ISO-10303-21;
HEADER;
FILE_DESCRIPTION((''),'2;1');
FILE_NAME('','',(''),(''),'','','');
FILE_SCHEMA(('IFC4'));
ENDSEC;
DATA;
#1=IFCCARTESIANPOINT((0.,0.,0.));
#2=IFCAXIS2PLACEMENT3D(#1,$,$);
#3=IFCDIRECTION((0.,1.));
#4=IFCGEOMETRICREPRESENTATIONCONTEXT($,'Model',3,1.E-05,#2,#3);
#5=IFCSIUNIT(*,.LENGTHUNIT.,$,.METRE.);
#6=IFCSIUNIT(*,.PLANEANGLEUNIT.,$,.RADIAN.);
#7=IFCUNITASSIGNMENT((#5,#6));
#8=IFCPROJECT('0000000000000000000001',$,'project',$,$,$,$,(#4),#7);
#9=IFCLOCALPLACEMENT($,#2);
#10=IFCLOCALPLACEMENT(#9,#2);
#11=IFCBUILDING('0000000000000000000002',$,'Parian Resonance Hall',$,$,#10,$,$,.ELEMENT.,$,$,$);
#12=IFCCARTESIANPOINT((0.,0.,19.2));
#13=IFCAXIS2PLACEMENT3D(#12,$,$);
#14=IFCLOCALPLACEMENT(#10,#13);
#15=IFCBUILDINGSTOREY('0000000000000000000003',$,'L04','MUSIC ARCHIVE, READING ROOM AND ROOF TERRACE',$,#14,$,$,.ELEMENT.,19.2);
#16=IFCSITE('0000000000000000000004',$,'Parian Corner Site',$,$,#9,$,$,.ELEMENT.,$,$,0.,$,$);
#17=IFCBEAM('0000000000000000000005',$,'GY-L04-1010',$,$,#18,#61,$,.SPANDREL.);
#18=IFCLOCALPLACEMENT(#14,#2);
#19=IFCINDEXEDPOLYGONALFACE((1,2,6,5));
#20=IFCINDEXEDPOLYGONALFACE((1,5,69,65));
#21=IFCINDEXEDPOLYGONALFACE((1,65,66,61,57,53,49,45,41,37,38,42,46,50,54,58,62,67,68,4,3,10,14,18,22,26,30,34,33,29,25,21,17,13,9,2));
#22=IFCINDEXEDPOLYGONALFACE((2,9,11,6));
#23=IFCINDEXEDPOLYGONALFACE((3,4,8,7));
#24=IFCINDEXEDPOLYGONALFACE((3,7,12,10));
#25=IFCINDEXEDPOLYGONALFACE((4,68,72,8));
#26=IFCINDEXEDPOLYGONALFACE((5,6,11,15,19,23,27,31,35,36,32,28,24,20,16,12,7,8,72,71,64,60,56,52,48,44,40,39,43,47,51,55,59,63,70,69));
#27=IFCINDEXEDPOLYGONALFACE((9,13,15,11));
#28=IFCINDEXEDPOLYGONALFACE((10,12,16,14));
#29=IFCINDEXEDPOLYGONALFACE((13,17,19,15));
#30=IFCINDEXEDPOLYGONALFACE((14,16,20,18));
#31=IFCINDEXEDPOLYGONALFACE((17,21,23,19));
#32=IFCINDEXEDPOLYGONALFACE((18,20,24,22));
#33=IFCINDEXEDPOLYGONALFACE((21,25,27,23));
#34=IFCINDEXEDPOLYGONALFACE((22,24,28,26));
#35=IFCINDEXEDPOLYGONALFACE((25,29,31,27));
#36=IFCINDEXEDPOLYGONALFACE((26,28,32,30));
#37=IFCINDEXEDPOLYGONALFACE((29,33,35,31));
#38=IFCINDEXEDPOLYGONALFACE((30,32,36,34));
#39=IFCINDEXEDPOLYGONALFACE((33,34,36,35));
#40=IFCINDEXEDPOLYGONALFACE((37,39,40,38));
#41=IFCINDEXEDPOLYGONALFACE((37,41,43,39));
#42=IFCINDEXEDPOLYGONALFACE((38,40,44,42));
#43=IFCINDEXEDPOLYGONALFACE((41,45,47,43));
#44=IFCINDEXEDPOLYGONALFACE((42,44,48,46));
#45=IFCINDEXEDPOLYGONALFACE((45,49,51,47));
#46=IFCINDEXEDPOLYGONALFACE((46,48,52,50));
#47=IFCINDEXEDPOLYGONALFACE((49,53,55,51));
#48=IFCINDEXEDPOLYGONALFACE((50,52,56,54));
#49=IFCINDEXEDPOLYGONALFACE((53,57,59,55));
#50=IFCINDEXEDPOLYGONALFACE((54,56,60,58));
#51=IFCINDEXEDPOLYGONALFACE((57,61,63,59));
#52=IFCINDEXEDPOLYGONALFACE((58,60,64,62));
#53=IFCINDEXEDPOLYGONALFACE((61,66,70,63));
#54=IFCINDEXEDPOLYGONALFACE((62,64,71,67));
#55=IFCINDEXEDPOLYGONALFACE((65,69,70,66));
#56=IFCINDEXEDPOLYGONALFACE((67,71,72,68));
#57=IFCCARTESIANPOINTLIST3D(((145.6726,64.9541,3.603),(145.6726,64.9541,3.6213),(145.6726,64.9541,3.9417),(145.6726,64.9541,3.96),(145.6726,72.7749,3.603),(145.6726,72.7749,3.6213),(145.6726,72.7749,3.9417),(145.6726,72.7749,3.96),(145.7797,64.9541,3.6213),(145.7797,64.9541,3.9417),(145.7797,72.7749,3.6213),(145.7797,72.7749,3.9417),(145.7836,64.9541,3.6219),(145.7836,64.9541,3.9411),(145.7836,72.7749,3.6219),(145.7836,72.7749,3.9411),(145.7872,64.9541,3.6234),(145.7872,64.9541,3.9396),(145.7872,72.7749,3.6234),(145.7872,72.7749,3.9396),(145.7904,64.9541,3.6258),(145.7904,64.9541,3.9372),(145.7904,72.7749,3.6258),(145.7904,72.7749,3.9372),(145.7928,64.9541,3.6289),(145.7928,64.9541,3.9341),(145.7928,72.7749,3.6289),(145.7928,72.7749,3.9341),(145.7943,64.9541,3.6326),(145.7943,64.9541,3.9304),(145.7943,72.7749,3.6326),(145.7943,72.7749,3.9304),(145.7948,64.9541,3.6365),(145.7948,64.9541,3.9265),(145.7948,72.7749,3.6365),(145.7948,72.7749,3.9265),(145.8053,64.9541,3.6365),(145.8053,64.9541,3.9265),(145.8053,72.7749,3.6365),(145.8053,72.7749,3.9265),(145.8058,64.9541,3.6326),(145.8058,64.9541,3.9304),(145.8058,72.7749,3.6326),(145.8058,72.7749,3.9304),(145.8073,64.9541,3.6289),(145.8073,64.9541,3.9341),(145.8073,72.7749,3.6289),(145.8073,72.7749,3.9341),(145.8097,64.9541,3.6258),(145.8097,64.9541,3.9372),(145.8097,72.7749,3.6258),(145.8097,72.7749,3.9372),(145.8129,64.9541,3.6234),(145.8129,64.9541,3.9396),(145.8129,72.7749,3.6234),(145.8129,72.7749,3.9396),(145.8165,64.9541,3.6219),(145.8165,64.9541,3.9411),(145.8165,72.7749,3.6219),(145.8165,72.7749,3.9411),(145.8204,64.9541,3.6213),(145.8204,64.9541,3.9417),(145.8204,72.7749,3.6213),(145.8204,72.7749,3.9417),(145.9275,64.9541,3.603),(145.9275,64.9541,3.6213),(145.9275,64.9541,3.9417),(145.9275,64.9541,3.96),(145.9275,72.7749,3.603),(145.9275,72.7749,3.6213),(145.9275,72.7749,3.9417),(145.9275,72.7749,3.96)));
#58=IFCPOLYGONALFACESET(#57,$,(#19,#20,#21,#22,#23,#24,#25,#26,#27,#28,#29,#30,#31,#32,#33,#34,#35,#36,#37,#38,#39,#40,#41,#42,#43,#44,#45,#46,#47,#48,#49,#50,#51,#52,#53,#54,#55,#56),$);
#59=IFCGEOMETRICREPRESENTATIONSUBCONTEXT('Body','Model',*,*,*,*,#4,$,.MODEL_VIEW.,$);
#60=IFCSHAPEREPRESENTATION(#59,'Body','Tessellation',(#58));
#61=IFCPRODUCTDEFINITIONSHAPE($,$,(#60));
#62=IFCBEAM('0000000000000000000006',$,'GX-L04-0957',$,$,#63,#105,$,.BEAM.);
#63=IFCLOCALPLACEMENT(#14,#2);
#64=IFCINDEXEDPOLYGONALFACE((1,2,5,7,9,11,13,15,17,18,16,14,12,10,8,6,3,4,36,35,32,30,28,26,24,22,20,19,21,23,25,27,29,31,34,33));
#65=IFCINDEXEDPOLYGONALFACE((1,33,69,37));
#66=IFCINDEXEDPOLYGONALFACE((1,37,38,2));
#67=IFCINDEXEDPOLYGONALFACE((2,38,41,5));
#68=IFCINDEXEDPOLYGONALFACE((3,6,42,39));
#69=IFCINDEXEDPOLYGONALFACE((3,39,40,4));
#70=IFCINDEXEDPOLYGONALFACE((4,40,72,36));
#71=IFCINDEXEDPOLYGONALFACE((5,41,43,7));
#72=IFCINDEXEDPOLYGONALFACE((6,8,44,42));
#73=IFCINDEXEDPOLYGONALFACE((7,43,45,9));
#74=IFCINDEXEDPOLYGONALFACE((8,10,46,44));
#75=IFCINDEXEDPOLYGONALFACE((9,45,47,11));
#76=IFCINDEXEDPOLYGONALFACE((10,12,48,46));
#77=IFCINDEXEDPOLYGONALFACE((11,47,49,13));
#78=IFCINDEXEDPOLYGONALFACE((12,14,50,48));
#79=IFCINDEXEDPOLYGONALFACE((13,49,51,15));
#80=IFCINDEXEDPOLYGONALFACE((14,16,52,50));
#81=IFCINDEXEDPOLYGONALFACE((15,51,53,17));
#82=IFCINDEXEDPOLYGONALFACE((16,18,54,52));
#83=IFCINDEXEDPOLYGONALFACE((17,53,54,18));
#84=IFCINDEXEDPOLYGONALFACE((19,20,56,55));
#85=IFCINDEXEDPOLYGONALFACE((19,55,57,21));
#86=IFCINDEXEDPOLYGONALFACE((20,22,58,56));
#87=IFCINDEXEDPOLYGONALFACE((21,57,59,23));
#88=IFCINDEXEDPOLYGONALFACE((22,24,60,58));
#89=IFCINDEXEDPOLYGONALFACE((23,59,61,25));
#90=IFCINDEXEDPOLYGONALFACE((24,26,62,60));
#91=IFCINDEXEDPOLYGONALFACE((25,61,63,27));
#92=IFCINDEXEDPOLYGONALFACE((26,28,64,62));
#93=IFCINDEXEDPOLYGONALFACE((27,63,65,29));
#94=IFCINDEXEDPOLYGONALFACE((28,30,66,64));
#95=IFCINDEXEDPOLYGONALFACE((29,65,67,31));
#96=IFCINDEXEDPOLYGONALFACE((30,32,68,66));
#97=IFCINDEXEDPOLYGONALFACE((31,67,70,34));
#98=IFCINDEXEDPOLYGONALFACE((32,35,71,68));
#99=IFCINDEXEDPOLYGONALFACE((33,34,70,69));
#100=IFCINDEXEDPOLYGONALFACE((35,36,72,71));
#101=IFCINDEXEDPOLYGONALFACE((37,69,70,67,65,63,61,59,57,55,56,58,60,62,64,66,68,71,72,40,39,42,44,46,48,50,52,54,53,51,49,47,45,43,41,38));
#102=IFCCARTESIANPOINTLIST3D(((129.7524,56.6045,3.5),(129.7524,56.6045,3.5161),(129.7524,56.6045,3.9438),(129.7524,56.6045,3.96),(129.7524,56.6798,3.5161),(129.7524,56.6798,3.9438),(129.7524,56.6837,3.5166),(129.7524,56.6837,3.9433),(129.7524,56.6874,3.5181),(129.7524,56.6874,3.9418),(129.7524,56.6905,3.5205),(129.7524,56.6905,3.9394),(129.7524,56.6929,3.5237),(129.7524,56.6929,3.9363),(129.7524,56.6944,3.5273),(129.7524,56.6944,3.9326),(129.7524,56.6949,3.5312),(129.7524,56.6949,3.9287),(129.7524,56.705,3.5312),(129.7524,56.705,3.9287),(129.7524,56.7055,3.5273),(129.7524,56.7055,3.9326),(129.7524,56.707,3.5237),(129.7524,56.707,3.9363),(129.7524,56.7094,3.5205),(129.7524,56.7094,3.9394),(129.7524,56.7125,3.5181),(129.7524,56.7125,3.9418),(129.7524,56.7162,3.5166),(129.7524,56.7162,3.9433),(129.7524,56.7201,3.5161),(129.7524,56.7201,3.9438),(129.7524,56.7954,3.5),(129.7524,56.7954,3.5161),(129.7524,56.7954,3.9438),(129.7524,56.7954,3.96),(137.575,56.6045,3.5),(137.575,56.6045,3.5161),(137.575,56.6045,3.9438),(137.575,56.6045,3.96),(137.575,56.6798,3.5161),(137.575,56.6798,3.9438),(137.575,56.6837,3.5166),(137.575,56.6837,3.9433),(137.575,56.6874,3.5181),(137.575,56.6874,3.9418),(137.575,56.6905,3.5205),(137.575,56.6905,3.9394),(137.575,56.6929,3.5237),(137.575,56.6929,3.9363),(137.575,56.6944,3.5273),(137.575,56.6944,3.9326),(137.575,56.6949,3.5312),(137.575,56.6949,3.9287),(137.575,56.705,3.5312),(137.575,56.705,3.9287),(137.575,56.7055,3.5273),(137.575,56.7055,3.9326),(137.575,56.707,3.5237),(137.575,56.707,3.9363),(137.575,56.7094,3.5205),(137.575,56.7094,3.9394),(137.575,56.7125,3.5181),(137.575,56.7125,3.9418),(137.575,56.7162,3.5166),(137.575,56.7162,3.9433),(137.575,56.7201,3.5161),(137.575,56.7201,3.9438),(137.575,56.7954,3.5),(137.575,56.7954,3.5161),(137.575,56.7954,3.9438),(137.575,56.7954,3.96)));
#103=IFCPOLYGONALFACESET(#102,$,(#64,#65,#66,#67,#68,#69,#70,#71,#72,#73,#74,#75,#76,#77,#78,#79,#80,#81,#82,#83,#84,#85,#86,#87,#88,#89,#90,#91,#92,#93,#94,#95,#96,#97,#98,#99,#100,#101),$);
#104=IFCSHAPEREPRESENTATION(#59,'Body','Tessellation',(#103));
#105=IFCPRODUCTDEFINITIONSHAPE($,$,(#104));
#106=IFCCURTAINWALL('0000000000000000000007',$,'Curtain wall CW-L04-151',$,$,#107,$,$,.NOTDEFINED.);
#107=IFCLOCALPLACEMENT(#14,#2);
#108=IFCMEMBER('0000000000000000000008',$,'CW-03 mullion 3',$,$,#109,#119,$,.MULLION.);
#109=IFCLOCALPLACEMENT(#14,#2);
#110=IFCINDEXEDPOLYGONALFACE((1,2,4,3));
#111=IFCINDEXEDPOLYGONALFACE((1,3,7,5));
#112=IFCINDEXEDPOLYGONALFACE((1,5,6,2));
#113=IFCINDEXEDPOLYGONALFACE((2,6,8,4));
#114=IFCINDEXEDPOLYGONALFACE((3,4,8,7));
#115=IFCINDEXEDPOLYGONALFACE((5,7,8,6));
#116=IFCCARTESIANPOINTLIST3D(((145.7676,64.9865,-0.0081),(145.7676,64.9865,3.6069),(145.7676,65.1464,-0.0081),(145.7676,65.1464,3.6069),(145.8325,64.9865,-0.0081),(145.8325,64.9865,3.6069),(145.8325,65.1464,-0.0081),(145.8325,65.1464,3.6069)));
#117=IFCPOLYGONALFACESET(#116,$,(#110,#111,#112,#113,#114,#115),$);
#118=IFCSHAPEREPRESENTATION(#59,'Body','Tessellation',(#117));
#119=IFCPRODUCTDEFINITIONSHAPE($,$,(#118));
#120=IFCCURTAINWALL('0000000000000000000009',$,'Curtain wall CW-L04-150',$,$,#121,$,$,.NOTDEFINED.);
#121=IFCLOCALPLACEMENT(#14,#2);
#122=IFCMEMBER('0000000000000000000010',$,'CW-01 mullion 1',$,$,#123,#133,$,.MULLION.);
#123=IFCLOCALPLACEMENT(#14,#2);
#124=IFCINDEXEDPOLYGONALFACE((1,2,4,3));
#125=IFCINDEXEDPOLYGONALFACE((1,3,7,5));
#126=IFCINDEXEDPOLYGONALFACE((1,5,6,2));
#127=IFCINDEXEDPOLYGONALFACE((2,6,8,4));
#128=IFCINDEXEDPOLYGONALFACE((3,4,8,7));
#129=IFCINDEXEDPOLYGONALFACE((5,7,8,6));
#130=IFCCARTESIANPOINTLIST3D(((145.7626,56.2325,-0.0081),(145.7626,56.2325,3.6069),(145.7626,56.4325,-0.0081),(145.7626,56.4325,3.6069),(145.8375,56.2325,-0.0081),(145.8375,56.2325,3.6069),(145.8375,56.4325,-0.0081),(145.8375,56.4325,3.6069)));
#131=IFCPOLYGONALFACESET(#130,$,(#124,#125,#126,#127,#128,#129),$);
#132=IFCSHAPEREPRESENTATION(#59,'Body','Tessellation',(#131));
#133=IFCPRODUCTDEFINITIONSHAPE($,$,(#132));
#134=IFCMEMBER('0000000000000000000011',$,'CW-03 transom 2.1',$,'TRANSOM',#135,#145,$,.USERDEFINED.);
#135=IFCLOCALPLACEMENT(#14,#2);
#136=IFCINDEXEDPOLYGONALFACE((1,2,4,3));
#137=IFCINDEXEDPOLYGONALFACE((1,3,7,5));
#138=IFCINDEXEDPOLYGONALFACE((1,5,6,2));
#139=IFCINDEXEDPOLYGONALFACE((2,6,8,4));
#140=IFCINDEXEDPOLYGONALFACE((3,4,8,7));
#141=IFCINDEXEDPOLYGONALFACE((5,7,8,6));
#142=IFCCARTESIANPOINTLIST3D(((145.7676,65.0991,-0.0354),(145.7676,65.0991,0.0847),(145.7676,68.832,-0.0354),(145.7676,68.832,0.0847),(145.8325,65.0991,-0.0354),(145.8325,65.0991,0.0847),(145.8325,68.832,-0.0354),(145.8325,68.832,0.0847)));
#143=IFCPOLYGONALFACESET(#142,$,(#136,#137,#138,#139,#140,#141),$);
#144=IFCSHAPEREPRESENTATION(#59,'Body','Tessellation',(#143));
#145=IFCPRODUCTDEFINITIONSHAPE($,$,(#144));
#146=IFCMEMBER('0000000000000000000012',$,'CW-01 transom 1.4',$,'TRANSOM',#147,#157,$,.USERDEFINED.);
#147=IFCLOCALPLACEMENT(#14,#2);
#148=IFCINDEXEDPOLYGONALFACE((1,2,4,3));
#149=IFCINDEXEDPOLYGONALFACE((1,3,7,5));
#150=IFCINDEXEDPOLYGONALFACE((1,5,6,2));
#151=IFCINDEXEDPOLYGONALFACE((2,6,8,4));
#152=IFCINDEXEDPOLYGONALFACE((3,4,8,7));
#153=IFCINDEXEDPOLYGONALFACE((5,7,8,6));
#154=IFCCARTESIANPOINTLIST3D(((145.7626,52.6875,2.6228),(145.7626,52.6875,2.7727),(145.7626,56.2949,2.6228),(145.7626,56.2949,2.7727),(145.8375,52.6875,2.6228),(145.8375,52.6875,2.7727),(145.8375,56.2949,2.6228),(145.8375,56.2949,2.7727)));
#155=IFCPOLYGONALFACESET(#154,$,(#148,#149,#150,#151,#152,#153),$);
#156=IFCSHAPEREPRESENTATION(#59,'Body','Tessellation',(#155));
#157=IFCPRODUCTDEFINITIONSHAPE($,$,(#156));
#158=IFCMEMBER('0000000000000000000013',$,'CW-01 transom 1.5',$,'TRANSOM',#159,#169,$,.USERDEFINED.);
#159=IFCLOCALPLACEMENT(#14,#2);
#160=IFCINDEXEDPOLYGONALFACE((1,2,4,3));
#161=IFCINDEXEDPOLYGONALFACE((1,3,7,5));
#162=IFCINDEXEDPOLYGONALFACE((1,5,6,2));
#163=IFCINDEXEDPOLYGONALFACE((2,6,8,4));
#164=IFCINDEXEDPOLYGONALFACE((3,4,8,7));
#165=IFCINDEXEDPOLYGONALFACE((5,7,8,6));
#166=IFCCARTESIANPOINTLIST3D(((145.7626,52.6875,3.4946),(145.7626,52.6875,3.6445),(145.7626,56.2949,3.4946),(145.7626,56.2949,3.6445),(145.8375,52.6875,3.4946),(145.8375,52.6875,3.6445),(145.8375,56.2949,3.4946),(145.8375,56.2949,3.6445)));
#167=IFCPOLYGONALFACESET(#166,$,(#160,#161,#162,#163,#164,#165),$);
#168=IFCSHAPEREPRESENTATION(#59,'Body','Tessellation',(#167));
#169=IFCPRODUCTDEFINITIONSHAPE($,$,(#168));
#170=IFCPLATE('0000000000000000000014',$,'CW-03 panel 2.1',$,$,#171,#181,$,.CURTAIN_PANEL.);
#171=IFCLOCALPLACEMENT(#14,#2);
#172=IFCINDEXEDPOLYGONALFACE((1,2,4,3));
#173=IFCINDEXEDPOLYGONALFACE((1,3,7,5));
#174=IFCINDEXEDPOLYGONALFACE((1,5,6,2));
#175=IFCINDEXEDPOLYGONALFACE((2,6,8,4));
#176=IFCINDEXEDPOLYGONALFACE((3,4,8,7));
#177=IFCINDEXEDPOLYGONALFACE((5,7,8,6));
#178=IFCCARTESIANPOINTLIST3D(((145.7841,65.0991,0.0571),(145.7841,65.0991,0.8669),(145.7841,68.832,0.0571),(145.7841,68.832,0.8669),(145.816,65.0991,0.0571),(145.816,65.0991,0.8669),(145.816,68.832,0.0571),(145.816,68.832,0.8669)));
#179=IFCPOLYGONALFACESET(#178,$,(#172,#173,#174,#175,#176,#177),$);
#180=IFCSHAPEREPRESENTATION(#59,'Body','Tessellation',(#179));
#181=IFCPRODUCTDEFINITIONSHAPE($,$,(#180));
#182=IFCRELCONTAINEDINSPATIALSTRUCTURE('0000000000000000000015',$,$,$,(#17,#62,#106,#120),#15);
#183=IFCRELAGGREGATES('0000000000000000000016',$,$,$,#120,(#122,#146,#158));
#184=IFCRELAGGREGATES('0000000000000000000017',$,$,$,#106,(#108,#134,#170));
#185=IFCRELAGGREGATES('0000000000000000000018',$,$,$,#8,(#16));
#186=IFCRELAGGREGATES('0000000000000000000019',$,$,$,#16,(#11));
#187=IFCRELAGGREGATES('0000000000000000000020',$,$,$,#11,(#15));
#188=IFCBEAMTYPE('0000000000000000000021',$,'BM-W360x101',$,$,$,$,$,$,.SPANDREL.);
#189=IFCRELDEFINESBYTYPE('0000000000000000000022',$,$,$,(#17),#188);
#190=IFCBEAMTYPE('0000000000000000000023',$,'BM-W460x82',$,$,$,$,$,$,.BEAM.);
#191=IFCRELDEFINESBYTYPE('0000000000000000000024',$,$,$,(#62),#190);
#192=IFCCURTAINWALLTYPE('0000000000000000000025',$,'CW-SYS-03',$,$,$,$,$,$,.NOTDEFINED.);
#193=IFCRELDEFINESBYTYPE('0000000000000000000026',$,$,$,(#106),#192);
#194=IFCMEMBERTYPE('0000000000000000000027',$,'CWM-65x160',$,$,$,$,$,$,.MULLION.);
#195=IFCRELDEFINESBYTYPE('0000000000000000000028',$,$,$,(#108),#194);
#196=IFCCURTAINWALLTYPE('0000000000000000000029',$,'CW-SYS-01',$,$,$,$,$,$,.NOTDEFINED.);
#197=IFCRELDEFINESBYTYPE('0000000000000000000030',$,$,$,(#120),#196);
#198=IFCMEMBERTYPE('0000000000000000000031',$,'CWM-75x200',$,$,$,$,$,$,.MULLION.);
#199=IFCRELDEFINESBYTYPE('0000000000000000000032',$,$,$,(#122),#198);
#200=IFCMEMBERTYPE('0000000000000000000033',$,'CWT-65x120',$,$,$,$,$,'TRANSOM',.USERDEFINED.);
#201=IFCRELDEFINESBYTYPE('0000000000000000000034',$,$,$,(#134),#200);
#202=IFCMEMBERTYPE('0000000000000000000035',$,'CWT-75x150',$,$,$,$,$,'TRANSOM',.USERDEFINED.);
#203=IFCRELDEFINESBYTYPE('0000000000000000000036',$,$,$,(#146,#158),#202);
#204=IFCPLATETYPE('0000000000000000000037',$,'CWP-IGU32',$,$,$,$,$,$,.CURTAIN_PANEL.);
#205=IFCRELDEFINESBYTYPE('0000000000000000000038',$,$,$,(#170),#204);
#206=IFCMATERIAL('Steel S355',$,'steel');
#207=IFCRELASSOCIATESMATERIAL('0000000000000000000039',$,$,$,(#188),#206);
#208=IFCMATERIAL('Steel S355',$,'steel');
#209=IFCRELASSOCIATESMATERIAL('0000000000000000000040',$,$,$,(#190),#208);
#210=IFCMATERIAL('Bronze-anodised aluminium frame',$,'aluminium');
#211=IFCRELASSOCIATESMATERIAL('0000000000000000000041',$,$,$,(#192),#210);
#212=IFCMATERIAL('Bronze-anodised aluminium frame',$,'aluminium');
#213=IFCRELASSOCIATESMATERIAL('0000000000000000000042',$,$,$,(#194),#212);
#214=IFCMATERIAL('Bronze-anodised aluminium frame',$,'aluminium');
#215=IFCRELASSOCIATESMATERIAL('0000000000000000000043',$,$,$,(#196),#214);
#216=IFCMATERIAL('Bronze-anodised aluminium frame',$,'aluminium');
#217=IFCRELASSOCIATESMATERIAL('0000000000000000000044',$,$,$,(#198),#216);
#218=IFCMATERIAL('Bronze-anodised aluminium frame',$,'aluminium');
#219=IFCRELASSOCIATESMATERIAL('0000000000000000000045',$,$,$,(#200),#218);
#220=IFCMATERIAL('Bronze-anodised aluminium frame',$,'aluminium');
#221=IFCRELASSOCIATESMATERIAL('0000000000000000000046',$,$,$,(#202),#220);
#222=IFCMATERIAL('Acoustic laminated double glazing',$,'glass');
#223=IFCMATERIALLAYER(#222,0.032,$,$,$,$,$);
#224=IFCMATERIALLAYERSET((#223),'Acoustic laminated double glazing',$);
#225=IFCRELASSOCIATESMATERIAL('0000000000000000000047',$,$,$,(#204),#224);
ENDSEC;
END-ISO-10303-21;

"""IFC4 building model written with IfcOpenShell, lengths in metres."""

from ifc_helpers import new_model, si_unit, direction, frame, origin, origin_2d, place, context, subcontext, project, spatial, rectangle, i_section, extrude, material, layer, layer_set, material_profile, profile_set, type_object, element, aggregate, save


model = new_model("IFC4")

# Units and contexts
model_context = context("Model", 3, precision=1e-05, world=origin(), true_north=direction((0.0, 1.0)))
body_context = subcontext(model_context, "Body", "Model", "MODEL_VIEW")
ifc_project = project(units=[si_unit("LENGTHUNIT", "METRE"), si_unit("PLANEANGLEUNIT", "RADIAN")], contexts=[model_context])

# Site, building, storey
site_placement = place(None, origin())
site = spatial("IfcSite", under=ifc_project, at=site_placement, Name="Parian Corner Site", CompositionType="ELEMENT", RefElevation=0.0)
building_placement = place(site_placement, origin())
building = spatial("IfcBuilding", under=site, at=building_placement, Name="Parian Resonance Hall", CompositionType="ELEMENT")
storey_placement = place(building_placement, frame((0.0, 0.0, 19.2)))
storey = spatial("IfcBuildingStorey", under=building, at=storey_placement, Name="L04", Description="MUSIC ARCHIVE, READING ROOM AND ROOF TERRACE", CompositionType="ELEMENT", Elevation=19.2)

# Beams
ifc_material_1 = material(Name="Steel S355", Category="steel")
ifc_material_profile_1 = material_profile(ifc_material_1, i_section(OverallWidth=0.2549, OverallDepth=0.3569, WebThickness=0.0105, FlangeThickness=0.0183, FilletRadius=0.0151, at=origin_2d()), Name="W360x101")
ifc_profile_set_1 = profile_set([ifc_material_profile_1], Name="Steel S355")
beam_type_1 = type_object("IfcBeamType", Name="BM-W360x101", PredefinedType="SPANDREL", material=ifc_profile_set_1)
beam_1_placement = place(storey_placement, frame((145.8, 64.9541, 3.7815), z_axis=(0.0, 1.0, 0.0), x_axis=(-1.0, 0.0, 0.0)))
element("IfcBeam", 1, at=beam_1_placement, inside=storey, type_object=beam_type_1, Name="GY-L04-1010", PredefinedType="SPANDREL", context=body_context, shape_type="SweptSolid", body=[
    extrude(i_section(OverallWidth=0.2549, OverallDepth=0.3569, WebThickness=0.0105, FlangeThickness=0.0183, FilletRadius=0.0151, at=origin_2d()), origin(), (0.0, 0.0, 1.0), 7.8208),
])
ifc_material_2 = material(Name="Steel S355", Category="steel")
ifc_material_profile_2 = material_profile(ifc_material_2, i_section(OverallWidth=0.1909, OverallDepth=0.46, WebThickness=0.01, FlangeThickness=0.0161, FilletRadius=0.0151, at=origin_2d()), Name="W460x82")
ifc_profile_set_2 = profile_set([ifc_material_profile_2], Name="Steel S355")
beam_type_2 = type_object("IfcBeamType", Name="BM-W460x82", PredefinedType="BEAM", material=ifc_profile_set_2)
beam_2_placement = place(storey_placement, frame((129.7524, 56.7, 3.73), z_axis=(1.0, 0.0, 0.0), x_axis=(0.0, 1.0, 0.0)))
element("IfcBeam", 2, at=beam_2_placement, inside=storey, type_object=beam_type_2, Name="GX-L04-0957", PredefinedType="BEAM", context=body_context, shape_type="SweptSolid", body=[
    extrude(i_section(OverallWidth=0.1909, OverallDepth=0.46, WebThickness=0.01, FlangeThickness=0.0161, FilletRadius=0.0151, at=origin_2d()), origin(), (0.0, 0.0, 1.0), 7.8225),
])

# Curtain walls, members
ifc_material_3 = material(Name="Bronze-anodised aluminium frame", Category="aluminium")
curtain_wall_type_1 = type_object("IfcCurtainWallType", Name="CW-SYS-03", PredefinedType="NOTDEFINED", material=ifc_material_3)
curtain_wall_1_placement = place(storey_placement, origin())
curtain_wall_1 = element("IfcCurtainWall", 3, at=curtain_wall_1_placement, inside=storey, type_object=curtain_wall_type_1, Name="Curtain wall CW-L04-151", PredefinedType="NOTDEFINED")
ifc_material_4 = material(Name="Bronze-anodised aluminium frame", Category="aluminium")
ifc_material_profile_3 = material_profile(ifc_material_4, rectangle(XDim=0.0649, YDim=0.1599, at=origin_2d()), Name="CWM-65x160")
ifc_profile_set_3 = profile_set([ifc_material_profile_3], Name="Bronze-anodised aluminium frame")
member_type_1 = type_object("IfcMemberType", Name="CWM-65x160", PredefinedType="MULLION", material=ifc_profile_set_3)
member_1_placement = place(storey_placement, frame((145.8, 65.0664, -0.0081), z_axis=(0.0, 0.0, 1.0), x_axis=(1.0, 0.0, 0.0)))
member_1 = element("IfcMember", 4, at=member_1_placement, type_object=member_type_1, Name="CW-03 mullion 3", PredefinedType="MULLION", context=body_context, shape_type="SweptSolid", body=[
    extrude(rectangle(XDim=0.0649, YDim=0.1599, at=origin_2d()), origin(), (0.0, 0.0, 1.0), 3.615),
])
ifc_material_5 = material(Name="Bronze-anodised aluminium frame", Category="aluminium")
curtain_wall_type_2 = type_object("IfcCurtainWallType", Name="CW-SYS-01", PredefinedType="NOTDEFINED", material=ifc_material_5)
curtain_wall_2_placement = place(storey_placement, origin())
curtain_wall_2 = element("IfcCurtainWall", 5, at=curtain_wall_2_placement, inside=storey, type_object=curtain_wall_type_2, Name="Curtain wall CW-L04-150", PredefinedType="NOTDEFINED")
ifc_material_6 = material(Name="Bronze-anodised aluminium frame", Category="aluminium")
ifc_material_profile_4 = material_profile(ifc_material_6, rectangle(XDim=0.075, YDim=0.2, at=origin_2d()), Name="CWM-75x200")
ifc_profile_set_4 = profile_set([ifc_material_profile_4], Name="Bronze-anodised aluminium frame")
member_type_2 = type_object("IfcMemberType", Name="CWM-75x200", PredefinedType="MULLION", material=ifc_profile_set_4)
member_2_placement = place(storey_placement, frame((145.8, 56.3325, -0.0081), z_axis=(0.0, 0.0, 1.0), x_axis=(1.0, 0.0, 0.0)))
member_2 = element("IfcMember", 6, at=member_2_placement, type_object=member_type_2, Name="CW-01 mullion 1", PredefinedType="MULLION", context=body_context, shape_type="SweptSolid", body=[
    extrude(rectangle(XDim=0.075, YDim=0.2, at=origin_2d()), origin(), (0.0, 0.0, 1.0), 3.615),
])

# Members
ifc_material_7 = material(Name="Bronze-anodised aluminium frame", Category="aluminium")
ifc_material_profile_5 = material_profile(ifc_material_7, rectangle(XDim=0.0649, YDim=0.1201, at=origin_2d()), Name="CWT-65x120")
ifc_profile_set_5 = profile_set([ifc_material_profile_5], Name="Bronze-anodised aluminium frame")
member_type_3 = type_object("IfcMemberType", Name="CWT-65x120", ElementType="TRANSOM", PredefinedType="USERDEFINED", material=ifc_profile_set_5)
member_3_placement = place(storey_placement, frame((145.8, 68.832, 0.0247), z_axis=(0.0, -1.0, 0.0), x_axis=(1.0, 0.0, 0.0)))
member_3 = element("IfcMember", 7, at=member_3_placement, type_object=member_type_3, Name="CW-03 transom 2.1", ObjectType="TRANSOM", PredefinedType="USERDEFINED", context=body_context, shape_type="SweptSolid", body=[
    extrude(rectangle(XDim=0.0649, YDim=0.1201, at=origin_2d()), origin(), (0.0, 0.0, 1.0), 3.7329),
])
ifc_material_8 = material(Name="Bronze-anodised aluminium frame", Category="aluminium")
ifc_material_profile_6 = material_profile(ifc_material_8, rectangle(XDim=0.075, YDim=0.1499, at=origin_2d()), Name="CWT-75x150")
ifc_profile_set_6 = profile_set([ifc_material_profile_6], Name="Bronze-anodised aluminium frame")
member_type_4 = type_object("IfcMemberType", Name="CWT-75x150", ElementType="TRANSOM", PredefinedType="USERDEFINED", material=ifc_profile_set_6)
member_4_placement = place(storey_placement, frame((145.8, 56.2949, 2.6978), z_axis=(0.0, -1.0, 0.0), x_axis=(1.0, 0.0, 0.0)))
member_4 = element("IfcMember", 8, at=member_4_placement, type_object=member_type_4, Name="CW-01 transom 1.4", ObjectType="TRANSOM", PredefinedType="USERDEFINED", context=body_context, shape_type="SweptSolid", body=[
    extrude(rectangle(XDim=0.075, YDim=0.1499, at=origin_2d()), origin(), (0.0, 0.0, 1.0), 3.6074),
])
member_5_placement = place(storey_placement, frame((145.8, 56.2949, 3.5696), z_axis=(0.0, -1.0, 0.0), x_axis=(1.0, 0.0, 0.0)))
member_5 = element("IfcMember", 9, at=member_5_placement, type_object=member_type_4, Name="CW-01 transom 1.5", ObjectType="TRANSOM", PredefinedType="USERDEFINED", context=body_context, shape_type="SweptSolid", body=[
    extrude(rectangle(XDim=0.075, YDim=0.1499, at=origin_2d()), origin(), (0.0, 0.0, 1.0), 3.6074),
])
aggregate(curtain_wall_2, [member_2, member_4, member_5])

# Plate
ifc_material_9 = material(Name="Acoustic laminated double glazing", Category="glass")
ifc_layer_1 = layer(ifc_material_9, 0.032)
ifc_layer_set_1 = layer_set([ifc_layer_1], Name="Acoustic laminated double glazing")
plate_type_1 = type_object("IfcPlateType", Name="CWP-IGU32", PredefinedType="CURTAIN_PANEL", material=ifc_layer_set_1)
plate_1_placement = place(storey_placement, frame((145.8, 66.9656, 0.0571), z_axis=(0.0, 0.0, 1.0), x_axis=(0.0, -1.0, 0.0)))
plate_1 = element("IfcPlate", 10, at=plate_1_placement, type_object=plate_type_1, Name="CW-03 panel 2.1", PredefinedType="CURTAIN_PANEL", context=body_context, shape_type="SweptSolid", body=[
    extrude(rectangle(XDim=3.7329, YDim=0.032, at=origin_2d()), origin(), (0.0, 0.0, 1.0), 0.8098),
])
aggregate(curtain_wall_1, [member_1, member_3, plate_1])

save(model, "model.ifc")
